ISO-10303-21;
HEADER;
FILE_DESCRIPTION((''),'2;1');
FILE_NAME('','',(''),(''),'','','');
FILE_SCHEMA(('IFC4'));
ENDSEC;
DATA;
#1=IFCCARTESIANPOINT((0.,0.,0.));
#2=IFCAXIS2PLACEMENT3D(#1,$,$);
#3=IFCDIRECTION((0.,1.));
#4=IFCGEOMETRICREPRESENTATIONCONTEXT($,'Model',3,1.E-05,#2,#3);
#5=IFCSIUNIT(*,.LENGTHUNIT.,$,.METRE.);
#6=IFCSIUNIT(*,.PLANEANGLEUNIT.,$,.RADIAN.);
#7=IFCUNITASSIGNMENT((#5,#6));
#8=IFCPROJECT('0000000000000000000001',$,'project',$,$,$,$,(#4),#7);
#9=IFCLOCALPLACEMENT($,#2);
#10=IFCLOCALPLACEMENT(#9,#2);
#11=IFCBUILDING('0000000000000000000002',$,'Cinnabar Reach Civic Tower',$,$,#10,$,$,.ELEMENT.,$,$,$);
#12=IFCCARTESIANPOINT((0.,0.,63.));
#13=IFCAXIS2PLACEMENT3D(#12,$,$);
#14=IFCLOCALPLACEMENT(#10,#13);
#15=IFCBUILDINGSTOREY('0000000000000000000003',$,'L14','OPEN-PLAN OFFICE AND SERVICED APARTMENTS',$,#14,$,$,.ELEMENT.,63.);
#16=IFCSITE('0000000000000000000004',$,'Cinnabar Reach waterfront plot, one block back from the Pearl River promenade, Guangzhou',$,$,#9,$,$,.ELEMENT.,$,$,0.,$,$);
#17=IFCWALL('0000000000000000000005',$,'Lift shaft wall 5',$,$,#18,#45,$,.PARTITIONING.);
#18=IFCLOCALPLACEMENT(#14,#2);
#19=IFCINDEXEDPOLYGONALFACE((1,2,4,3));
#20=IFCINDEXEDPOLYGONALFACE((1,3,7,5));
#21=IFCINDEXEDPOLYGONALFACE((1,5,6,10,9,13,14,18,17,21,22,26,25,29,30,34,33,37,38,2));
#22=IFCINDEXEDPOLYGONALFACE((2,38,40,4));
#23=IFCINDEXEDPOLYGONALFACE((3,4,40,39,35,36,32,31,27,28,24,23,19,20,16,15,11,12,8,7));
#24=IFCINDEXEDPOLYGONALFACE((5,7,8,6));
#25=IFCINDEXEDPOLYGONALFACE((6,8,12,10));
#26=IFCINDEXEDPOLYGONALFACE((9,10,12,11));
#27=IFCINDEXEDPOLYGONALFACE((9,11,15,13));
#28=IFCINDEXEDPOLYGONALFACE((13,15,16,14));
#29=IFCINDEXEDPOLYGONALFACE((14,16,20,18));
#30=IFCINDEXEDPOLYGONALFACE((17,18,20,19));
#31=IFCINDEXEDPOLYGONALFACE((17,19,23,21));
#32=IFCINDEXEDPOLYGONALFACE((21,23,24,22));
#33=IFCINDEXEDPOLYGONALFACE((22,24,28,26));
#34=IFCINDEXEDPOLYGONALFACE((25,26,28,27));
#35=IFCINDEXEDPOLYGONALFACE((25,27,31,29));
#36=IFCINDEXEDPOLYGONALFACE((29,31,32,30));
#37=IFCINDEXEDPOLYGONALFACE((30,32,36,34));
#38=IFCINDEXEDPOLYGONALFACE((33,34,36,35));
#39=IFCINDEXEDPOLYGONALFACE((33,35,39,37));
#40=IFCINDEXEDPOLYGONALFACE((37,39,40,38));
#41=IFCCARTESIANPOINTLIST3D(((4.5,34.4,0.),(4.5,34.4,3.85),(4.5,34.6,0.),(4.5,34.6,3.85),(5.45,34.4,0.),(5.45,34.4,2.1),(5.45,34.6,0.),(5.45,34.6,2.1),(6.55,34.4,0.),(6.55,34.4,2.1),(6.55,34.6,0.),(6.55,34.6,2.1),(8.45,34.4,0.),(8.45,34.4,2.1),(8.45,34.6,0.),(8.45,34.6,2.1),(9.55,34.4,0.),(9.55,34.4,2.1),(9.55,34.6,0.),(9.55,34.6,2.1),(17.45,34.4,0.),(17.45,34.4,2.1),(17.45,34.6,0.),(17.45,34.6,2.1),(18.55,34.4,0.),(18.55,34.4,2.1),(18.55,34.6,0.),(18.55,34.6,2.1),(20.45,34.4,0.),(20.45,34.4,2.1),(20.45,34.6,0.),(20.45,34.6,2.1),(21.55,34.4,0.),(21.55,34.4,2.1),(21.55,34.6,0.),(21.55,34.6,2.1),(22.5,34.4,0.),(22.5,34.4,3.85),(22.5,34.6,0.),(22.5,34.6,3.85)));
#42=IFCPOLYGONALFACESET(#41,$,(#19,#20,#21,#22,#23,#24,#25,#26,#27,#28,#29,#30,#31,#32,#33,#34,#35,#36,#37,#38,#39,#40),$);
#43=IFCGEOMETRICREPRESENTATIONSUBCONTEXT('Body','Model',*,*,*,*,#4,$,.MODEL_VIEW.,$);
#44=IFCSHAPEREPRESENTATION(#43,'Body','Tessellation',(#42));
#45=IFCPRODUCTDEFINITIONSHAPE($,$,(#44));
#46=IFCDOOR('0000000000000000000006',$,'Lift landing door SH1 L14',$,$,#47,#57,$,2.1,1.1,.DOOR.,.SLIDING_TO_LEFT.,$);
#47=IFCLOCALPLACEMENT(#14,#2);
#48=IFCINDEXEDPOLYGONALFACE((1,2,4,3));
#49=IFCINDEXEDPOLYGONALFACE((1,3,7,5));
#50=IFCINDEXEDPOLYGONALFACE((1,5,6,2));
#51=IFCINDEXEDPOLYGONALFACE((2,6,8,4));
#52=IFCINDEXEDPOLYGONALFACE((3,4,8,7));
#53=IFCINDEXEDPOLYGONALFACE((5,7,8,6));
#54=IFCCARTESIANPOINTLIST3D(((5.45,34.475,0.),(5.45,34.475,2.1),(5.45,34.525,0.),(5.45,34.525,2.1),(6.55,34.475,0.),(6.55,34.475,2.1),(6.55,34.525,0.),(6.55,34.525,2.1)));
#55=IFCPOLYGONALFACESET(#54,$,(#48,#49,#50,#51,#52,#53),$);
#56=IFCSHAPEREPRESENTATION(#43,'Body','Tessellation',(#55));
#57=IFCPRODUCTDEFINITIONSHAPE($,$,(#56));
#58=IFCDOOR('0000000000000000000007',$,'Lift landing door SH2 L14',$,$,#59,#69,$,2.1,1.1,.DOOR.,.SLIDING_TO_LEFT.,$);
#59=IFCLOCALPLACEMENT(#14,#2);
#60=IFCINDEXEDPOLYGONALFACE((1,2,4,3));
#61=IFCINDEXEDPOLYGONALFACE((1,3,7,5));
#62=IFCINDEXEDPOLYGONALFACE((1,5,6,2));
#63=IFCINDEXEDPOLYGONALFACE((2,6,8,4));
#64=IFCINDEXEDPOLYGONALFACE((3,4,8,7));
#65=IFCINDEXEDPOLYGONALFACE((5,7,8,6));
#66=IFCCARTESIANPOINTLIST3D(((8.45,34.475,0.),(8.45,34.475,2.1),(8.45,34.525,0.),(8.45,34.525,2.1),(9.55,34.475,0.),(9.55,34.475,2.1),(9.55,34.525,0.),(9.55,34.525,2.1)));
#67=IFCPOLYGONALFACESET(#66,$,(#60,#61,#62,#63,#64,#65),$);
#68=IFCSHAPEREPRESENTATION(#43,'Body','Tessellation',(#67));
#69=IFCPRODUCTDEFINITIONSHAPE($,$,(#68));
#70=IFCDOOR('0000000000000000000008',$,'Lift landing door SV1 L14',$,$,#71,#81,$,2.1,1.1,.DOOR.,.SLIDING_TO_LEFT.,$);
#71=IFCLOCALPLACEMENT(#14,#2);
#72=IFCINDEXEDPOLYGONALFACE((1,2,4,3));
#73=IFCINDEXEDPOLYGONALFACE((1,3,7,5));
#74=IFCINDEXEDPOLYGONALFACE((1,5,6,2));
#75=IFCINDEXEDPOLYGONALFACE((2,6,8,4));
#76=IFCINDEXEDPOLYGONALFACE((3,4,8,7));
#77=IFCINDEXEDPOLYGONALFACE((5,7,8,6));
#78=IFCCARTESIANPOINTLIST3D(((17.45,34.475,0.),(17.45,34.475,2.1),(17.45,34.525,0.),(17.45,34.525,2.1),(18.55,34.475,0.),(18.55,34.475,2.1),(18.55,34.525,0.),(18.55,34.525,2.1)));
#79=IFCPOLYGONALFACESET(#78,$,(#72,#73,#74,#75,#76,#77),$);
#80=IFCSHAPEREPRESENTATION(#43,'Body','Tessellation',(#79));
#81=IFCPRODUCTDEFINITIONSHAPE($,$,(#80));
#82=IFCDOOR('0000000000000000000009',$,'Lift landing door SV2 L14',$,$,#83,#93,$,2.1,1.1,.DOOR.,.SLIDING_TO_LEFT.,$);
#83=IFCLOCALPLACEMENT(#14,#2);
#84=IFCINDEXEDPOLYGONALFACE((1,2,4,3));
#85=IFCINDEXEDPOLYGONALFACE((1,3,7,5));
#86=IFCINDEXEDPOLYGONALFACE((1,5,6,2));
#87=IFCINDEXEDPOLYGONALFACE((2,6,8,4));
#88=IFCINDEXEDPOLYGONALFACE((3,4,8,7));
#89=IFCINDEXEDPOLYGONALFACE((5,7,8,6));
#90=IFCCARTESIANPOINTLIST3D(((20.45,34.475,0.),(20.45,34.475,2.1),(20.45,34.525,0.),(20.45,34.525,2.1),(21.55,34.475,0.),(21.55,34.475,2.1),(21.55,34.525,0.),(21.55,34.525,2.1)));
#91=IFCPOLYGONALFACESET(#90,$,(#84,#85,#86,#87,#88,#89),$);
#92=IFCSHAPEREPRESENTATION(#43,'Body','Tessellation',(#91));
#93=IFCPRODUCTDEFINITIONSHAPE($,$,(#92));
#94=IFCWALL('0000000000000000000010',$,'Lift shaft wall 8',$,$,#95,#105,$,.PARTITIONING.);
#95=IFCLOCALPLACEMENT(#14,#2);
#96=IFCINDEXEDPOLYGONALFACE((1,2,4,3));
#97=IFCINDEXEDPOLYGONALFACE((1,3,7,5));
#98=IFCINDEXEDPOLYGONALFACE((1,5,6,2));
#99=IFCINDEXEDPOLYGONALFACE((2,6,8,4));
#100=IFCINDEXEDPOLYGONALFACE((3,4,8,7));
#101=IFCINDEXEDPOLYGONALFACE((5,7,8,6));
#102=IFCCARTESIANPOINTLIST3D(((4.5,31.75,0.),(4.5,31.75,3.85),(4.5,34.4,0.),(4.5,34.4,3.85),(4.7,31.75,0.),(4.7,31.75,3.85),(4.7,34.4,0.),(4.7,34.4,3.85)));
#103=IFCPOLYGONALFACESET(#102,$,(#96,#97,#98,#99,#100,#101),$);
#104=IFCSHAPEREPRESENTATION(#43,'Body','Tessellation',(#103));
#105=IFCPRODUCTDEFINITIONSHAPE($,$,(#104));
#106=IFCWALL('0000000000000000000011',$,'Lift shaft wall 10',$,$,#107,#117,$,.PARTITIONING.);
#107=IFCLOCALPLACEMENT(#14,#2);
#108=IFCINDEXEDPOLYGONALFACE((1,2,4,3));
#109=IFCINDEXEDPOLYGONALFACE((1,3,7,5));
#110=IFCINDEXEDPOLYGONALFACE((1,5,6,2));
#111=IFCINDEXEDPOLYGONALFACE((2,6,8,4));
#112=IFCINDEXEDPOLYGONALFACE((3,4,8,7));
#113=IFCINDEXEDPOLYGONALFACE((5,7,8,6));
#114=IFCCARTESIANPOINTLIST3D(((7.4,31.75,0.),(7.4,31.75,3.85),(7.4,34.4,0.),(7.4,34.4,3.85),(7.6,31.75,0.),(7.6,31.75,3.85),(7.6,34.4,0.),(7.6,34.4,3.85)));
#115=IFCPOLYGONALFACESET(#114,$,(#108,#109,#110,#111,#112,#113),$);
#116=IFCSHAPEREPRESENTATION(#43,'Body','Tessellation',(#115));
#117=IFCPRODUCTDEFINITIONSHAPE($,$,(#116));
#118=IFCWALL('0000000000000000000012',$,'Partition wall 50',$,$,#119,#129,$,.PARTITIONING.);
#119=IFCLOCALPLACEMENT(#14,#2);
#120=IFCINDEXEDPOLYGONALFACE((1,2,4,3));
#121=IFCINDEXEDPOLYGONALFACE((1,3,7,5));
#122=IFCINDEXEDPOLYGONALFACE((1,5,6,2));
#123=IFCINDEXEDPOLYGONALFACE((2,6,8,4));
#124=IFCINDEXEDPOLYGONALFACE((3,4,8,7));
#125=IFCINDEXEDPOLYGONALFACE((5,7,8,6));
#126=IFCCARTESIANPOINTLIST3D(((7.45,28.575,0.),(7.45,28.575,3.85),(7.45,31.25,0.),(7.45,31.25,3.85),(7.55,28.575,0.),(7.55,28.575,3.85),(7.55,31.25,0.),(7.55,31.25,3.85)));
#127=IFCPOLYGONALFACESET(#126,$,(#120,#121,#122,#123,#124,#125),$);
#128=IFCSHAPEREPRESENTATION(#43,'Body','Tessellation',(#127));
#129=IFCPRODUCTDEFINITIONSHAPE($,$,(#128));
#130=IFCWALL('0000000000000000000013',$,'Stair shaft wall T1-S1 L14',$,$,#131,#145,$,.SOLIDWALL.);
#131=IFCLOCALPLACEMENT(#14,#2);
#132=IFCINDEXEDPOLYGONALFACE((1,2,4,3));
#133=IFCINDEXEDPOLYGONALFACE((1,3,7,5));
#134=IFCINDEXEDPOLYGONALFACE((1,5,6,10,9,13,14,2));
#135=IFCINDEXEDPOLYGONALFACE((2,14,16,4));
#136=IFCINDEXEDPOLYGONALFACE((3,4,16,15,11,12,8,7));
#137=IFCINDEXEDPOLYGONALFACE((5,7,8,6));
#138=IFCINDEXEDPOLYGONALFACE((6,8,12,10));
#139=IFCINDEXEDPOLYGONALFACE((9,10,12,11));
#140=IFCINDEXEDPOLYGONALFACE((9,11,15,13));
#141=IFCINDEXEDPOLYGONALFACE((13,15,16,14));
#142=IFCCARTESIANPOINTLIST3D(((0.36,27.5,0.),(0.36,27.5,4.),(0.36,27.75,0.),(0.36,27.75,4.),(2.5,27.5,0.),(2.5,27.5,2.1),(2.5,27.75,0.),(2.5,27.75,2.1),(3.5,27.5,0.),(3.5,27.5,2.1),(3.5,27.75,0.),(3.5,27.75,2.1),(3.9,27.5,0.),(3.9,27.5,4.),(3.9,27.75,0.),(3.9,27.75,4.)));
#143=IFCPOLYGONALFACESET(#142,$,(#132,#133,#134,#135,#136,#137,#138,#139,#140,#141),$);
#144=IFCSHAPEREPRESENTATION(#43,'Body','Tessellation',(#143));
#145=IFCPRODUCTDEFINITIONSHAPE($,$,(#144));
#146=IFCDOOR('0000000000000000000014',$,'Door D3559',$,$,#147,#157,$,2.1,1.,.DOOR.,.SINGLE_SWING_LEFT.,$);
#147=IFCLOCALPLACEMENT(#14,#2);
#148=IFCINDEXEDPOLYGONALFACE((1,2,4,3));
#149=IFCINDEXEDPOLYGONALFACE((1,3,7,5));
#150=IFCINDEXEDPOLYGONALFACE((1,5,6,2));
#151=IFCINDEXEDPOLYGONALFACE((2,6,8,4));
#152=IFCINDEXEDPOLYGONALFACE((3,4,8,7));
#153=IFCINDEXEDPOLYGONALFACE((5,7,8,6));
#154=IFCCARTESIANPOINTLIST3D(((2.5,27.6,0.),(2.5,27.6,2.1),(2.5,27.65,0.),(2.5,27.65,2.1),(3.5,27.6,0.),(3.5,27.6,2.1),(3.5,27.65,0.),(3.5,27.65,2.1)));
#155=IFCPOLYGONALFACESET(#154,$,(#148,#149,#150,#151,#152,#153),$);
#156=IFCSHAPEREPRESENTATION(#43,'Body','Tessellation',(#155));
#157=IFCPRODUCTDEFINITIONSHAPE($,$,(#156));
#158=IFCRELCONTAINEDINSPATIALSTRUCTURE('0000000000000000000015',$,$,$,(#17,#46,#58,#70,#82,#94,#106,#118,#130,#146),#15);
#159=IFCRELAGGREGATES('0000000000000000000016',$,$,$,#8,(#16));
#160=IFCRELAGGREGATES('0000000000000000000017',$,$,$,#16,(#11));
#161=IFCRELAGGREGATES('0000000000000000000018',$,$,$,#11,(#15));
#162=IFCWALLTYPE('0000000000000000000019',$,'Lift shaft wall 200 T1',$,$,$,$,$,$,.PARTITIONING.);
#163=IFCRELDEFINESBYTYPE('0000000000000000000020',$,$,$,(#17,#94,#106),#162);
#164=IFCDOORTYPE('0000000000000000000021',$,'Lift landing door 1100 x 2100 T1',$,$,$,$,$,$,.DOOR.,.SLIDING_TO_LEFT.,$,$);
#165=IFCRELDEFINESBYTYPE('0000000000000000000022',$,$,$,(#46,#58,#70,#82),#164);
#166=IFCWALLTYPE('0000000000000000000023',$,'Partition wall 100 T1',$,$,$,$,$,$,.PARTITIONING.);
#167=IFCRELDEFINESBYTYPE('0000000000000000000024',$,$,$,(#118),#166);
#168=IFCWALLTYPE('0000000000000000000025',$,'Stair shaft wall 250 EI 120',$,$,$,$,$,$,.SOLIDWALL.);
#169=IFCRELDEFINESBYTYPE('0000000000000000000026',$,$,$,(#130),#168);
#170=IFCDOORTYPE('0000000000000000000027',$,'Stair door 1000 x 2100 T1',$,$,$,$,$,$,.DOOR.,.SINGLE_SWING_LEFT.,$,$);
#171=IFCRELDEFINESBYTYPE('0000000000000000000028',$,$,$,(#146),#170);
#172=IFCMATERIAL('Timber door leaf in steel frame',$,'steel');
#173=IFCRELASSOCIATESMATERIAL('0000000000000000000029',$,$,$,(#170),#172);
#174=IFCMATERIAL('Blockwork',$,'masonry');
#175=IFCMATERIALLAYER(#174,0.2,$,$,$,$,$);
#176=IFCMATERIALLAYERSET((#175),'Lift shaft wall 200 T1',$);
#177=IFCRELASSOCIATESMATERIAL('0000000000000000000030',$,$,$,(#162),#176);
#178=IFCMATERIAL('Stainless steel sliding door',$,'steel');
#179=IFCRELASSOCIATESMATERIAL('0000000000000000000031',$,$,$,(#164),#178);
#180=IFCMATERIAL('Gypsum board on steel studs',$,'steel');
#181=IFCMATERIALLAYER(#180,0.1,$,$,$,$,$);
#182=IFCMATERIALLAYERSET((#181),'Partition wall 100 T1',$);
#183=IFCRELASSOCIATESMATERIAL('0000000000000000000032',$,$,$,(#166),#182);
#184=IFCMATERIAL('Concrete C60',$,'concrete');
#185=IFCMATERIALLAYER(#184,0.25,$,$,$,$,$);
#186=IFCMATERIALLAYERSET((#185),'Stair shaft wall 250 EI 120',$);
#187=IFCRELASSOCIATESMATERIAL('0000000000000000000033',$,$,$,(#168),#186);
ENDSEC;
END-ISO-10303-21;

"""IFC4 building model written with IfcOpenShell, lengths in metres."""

from ifc_helpers import new_model, si_unit, direction, frame, frame_2d, origin, place, context, subcontext, project, spatial, rectangle, extrude, material, layer, layer_set, type_object, element, fill, save


model = new_model("IFC4")

# Units and contexts
model_context = context("Model", 3, precision=1e-05, world=origin(), true_north=direction((0.0, 1.0)))
body_context = subcontext(model_context, "Body", "Model", "MODEL_VIEW")
ifc_project = project(units=[si_unit("LENGTHUNIT", "METRE"), si_unit("PLANEANGLEUNIT", "RADIAN")], contexts=[model_context])

# Site, building, storey
site_placement = place(None, origin())
site = spatial("IfcSite", under=ifc_project, at=site_placement, Name="Cinnabar Reach waterfront plot, one block back from the Pearl River promenade, Guangzhou", CompositionType="ELEMENT", RefElevation=0.0)
building_placement = place(site_placement, origin())
building = spatial("IfcBuilding", under=site, at=building_placement, Name="Cinnabar Reach Civic Tower", CompositionType="ELEMENT")
storey_placement = place(building_placement, frame((0.0, 0.0, 63.0)))
storey = spatial("IfcBuildingStorey", under=building, at=storey_placement, Name="L14", Description="OPEN-PLAN OFFICE AND SERVICED APARTMENTS", CompositionType="ELEMENT", Elevation=63.0)

# Shared definitions
ifc_material_1 = material(Name="Concrete C60", Category="concrete")

# Shared definitions
ifc_material_2 = material(Name="Timber door leaf in steel frame", Category="steel")
door_type_1 = type_object("IfcDoorType", Name="Stair door 1000 x 2100 T1", OperationType="SINGLE_SWING_LEFT", PredefinedType="DOOR", material=ifc_material_2)

# Wall, openings, doors
ifc_material_3 = material(Name="Blockwork", Category="masonry")
ifc_layer_1 = layer(ifc_material_3, 0.2)
ifc_layer_set_1 = layer_set([ifc_layer_1], Name="Lift shaft wall 200 T1")
wall_type_1 = type_object("IfcWallType", Name="Lift shaft wall 200 T1", PredefinedType="PARTITIONING", material=ifc_layer_set_1)
wall_1_placement = place(storey_placement, frame((4.5, 34.5, 0.0), z_axis=(0.0, 0.0, 1.0), x_axis=(1.0, 0.0, 0.0)))
wall_1 = element("IfcWall", 1, at=wall_1_placement, inside=storey, type_object=wall_type_1, Name="Lift shaft wall 5", PredefinedType="PARTITIONING", context=body_context, shape_type="SweptSolid", body=[
    extrude(rectangle(XDim=18.0, YDim=0.2, at=frame_2d((9.0, 0.0))), origin(), (0.0, 0.0, 1.0), 3.85),
])
opening_1_placement = place(wall_1_placement, frame((0.95, 0.0, 0.0)))
opening_1 = element("IfcOpeningElement", 2, at=opening_1_placement, cuts=wall_1, PredefinedType="OPENING", context=body_context, shape_type="SweptSolid", body=[
    extrude(rectangle(XDim=1.1, YDim=2.1, at=frame_2d((0.55, 1.05))), frame((0.0, 0.11, 0.0), z_axis=(0.0, -1.0, 0.0), x_axis=(1.0, 0.0, 0.0)), (0.0, 0.0, 1.0), 0.22),
])
opening_2_placement = place(wall_1_placement, frame((3.95, 0.0, 0.0)))
opening_2 = element("IfcOpeningElement", 3, at=opening_2_placement, cuts=wall_1, PredefinedType="OPENING", context=body_context, shape_type="SweptSolid", body=[
    extrude(rectangle(XDim=1.1, YDim=2.1, at=frame_2d((0.55, 1.05))), frame((0.0, 0.11, 0.0), z_axis=(0.0, -1.0, 0.0), x_axis=(1.0, 0.0, 0.0)), (0.0, 0.0, 1.0), 0.22),
])
opening_3_placement = place(wall_1_placement, frame((12.95, 0.0, 0.0)))
opening_3 = element("IfcOpeningElement", 4, at=opening_3_placement, cuts=wall_1, PredefinedType="OPENING", context=body_context, shape_type="SweptSolid", body=[
    extrude(rectangle(XDim=1.1, YDim=2.1, at=frame_2d((0.55, 1.05))), frame((0.0, 0.11, 0.0), z_axis=(0.0, -1.0, 0.0), x_axis=(1.0, 0.0, 0.0)), (0.0, 0.0, 1.0), 0.22),
])
opening_4_placement = place(wall_1_placement, frame((15.95, 0.0, 0.0)))
opening_4 = element("IfcOpeningElement", 5, at=opening_4_placement, cuts=wall_1, PredefinedType="OPENING", context=body_context, shape_type="SweptSolid", body=[
    extrude(rectangle(XDim=1.1, YDim=2.1, at=frame_2d((0.55, 1.05))), frame((0.0, 0.11, 0.0), z_axis=(0.0, -1.0, 0.0), x_axis=(1.0, 0.0, 0.0)), (0.0, 0.0, 1.0), 0.22),
])
ifc_material_4 = material(Name="Stainless steel sliding door", Category="steel")
door_type_2 = type_object("IfcDoorType", Name="Lift landing door 1100 x 2100 T1", OperationType="SLIDING_TO_LEFT", PredefinedType="DOOR", material=ifc_material_4)
door_1_placement = place(opening_1_placement, origin())
door_1 = element("IfcDoor", 6, at=door_1_placement, inside=storey, type_object=door_type_2, Name="Lift landing door SH1 L14", OperationType="SLIDING_TO_LEFT", OverallHeight=2.1, OverallWidth=1.1, PredefinedType="DOOR", context=body_context, shape_type="SweptSolid", body=[
    extrude(rectangle(XDim=1.1, YDim=2.1, at=frame_2d((0.55, 1.05))), frame((0.0, 0.025, 0.0), z_axis=(0.0, -1.0, 0.0), x_axis=(1.0, 0.0, 0.0)), (0.0, 0.0, 1.0), 0.05),
])
fill(opening_1, door_1)
door_2_placement = place(opening_2_placement, origin())
door_2 = element("IfcDoor", 7, at=door_2_placement, inside=storey, type_object=door_type_2, Name="Lift landing door SH2 L14", OperationType="SLIDING_TO_LEFT", OverallHeight=2.1, OverallWidth=1.1, PredefinedType="DOOR", context=body_context, shape_type="SweptSolid", body=[
    extrude(rectangle(XDim=1.1, YDim=2.1, at=frame_2d((0.55, 1.05))), frame((0.0, 0.025, 0.0), z_axis=(0.0, -1.0, 0.0), x_axis=(1.0, 0.0, 0.0)), (0.0, 0.0, 1.0), 0.05),
])
fill(opening_2, door_2)
door_3_placement = place(opening_3_placement, origin())
door_3 = element("IfcDoor", 8, at=door_3_placement, inside=storey, type_object=door_type_2, Name="Lift landing door SV1 L14", OperationType="SLIDING_TO_LEFT", OverallHeight=2.1, OverallWidth=1.1, PredefinedType="DOOR", context=body_context, shape_type="SweptSolid", body=[
    extrude(rectangle(XDim=1.1, YDim=2.1, at=frame_2d((0.55, 1.05))), frame((0.0, 0.025, 0.0), z_axis=(0.0, -1.0, 0.0), x_axis=(1.0, 0.0, 0.0)), (0.0, 0.0, 1.0), 0.05),
])
fill(opening_3, door_3)
door_4_placement = place(opening_4_placement, origin())
door_4 = element("IfcDoor", 9, at=door_4_placement, inside=storey, type_object=door_type_2, Name="Lift landing door SV2 L14", OperationType="SLIDING_TO_LEFT", OverallHeight=2.1, OverallWidth=1.1, PredefinedType="DOOR", context=body_context, shape_type="SweptSolid", body=[
    extrude(rectangle(XDim=1.1, YDim=2.1, at=frame_2d((0.55, 1.05))), frame((0.0, 0.025, 0.0), z_axis=(0.0, -1.0, 0.0), x_axis=(1.0, 0.0, 0.0)), (0.0, 0.0, 1.0), 0.05),
])
fill(opening_4, door_4)

# Walls
for number, where, z_axis, x_axis, name in (
    (10, (4.6, 31.75, 0.0), (0.0, 0.0, 1.0), (0.0, 1.0, 0.0), "Lift shaft wall 8"),
    (11, (7.5, 31.75, 0.0), (0.0, 0.0, 1.0), (0.0, 1.0, 0.0), "Lift shaft wall 10"),
):
    element("IfcWall", number, at=place(storey_placement, frame(where, z_axis=z_axis, x_axis=x_axis)), inside=storey, type_object=wall_type_1, Name=name, PredefinedType="PARTITIONING", context=body_context, shape_type="SweptSolid", body=[
        extrude(rectangle(XDim=2.65, YDim=0.2, at=frame_2d((1.325, 0.0))), origin(), (0.0, 0.0, 1.0), 3.85),
    ])
ifc_material_5 = material(Name="Gypsum board on steel studs", Category="steel")
ifc_layer_2 = layer(ifc_material_5, 0.1)
ifc_layer_set_2 = layer_set([ifc_layer_2], Name="Partition wall 100 T1")
wall_type_2 = type_object("IfcWallType", Name="Partition wall 100 T1", PredefinedType="PARTITIONING", material=ifc_layer_set_2)
wall_2_placement = place(storey_placement, frame((7.5, 28.575, 0.0), z_axis=(0.0, 0.0, 1.0), x_axis=(0.0, 1.0, 0.0)))
element("IfcWall", 12, at=wall_2_placement, inside=storey, type_object=wall_type_2, Name="Partition wall 50", PredefinedType="PARTITIONING", context=body_context, shape_type="SweptSolid", body=[
    extrude(rectangle(XDim=2.675, YDim=0.1, at=frame_2d((1.3375, 0.0))), origin(), (0.0, 0.0, 1.0), 3.85),
])

# Wall, opening, door
ifc_layer_3 = layer(ifc_material_1, 0.25)
ifc_layer_set_3 = layer_set([ifc_layer_3], Name="Stair shaft wall 250 EI 120")
wall_type_3 = type_object("IfcWallType", Name="Stair shaft wall 250 EI 120", PredefinedType="SOLIDWALL", material=ifc_layer_set_3)
wall_3_placement = place(storey_placement, frame((3.9, 27.625, 0.0), z_axis=(0.0, 0.0, 1.0), x_axis=(-1.0, 0.0, 0.0)))
wall_3 = element("IfcWall", 13, at=wall_3_placement, inside=storey, type_object=wall_type_3, Name="Stair shaft wall T1-S1 L14", PredefinedType="SOLIDWALL", context=body_context, shape_type="SweptSolid", body=[
    extrude(rectangle(XDim=3.54, YDim=0.25, at=frame_2d((1.77, 0.0))), origin(), (0.0, 0.0, 1.0), 4.0),
])
opening_5_placement = place(wall_3_placement, frame((0.4, 0.0, 0.0)))
opening_5 = element("IfcOpeningElement", 14, at=opening_5_placement, cuts=wall_3, PredefinedType="OPENING", context=body_context, shape_type="SweptSolid", body=[
    extrude(rectangle(XDim=1.0, YDim=2.1, at=frame_2d((0.5, 1.05))), frame((0.0, 0.135, 0.0), z_axis=(0.0, -1.0, 0.0), x_axis=(1.0, 0.0, 0.0)), (0.0, 0.0, 1.0), 0.27),
])
door_5_placement = place(opening_5_placement, origin())
door_5 = element("IfcDoor", 15, at=door_5_placement, inside=storey, type_object=door_type_1, Name="Door D3559", OperationType="SINGLE_SWING_LEFT", OverallHeight=2.1, OverallWidth=1.0, PredefinedType="DOOR", context=body_context, shape_type="SweptSolid", body=[
    extrude(rectangle(XDim=1.0, YDim=2.1, at=frame_2d((0.5, 1.05))), frame((0.0, 0.025, 0.0), z_axis=(0.0, -1.0, 0.0), x_axis=(1.0, 0.0, 0.0)), (0.0, 0.0, 1.0), 0.05),
])
fill(opening_5, door_5)

save(model, "model.ifc")
